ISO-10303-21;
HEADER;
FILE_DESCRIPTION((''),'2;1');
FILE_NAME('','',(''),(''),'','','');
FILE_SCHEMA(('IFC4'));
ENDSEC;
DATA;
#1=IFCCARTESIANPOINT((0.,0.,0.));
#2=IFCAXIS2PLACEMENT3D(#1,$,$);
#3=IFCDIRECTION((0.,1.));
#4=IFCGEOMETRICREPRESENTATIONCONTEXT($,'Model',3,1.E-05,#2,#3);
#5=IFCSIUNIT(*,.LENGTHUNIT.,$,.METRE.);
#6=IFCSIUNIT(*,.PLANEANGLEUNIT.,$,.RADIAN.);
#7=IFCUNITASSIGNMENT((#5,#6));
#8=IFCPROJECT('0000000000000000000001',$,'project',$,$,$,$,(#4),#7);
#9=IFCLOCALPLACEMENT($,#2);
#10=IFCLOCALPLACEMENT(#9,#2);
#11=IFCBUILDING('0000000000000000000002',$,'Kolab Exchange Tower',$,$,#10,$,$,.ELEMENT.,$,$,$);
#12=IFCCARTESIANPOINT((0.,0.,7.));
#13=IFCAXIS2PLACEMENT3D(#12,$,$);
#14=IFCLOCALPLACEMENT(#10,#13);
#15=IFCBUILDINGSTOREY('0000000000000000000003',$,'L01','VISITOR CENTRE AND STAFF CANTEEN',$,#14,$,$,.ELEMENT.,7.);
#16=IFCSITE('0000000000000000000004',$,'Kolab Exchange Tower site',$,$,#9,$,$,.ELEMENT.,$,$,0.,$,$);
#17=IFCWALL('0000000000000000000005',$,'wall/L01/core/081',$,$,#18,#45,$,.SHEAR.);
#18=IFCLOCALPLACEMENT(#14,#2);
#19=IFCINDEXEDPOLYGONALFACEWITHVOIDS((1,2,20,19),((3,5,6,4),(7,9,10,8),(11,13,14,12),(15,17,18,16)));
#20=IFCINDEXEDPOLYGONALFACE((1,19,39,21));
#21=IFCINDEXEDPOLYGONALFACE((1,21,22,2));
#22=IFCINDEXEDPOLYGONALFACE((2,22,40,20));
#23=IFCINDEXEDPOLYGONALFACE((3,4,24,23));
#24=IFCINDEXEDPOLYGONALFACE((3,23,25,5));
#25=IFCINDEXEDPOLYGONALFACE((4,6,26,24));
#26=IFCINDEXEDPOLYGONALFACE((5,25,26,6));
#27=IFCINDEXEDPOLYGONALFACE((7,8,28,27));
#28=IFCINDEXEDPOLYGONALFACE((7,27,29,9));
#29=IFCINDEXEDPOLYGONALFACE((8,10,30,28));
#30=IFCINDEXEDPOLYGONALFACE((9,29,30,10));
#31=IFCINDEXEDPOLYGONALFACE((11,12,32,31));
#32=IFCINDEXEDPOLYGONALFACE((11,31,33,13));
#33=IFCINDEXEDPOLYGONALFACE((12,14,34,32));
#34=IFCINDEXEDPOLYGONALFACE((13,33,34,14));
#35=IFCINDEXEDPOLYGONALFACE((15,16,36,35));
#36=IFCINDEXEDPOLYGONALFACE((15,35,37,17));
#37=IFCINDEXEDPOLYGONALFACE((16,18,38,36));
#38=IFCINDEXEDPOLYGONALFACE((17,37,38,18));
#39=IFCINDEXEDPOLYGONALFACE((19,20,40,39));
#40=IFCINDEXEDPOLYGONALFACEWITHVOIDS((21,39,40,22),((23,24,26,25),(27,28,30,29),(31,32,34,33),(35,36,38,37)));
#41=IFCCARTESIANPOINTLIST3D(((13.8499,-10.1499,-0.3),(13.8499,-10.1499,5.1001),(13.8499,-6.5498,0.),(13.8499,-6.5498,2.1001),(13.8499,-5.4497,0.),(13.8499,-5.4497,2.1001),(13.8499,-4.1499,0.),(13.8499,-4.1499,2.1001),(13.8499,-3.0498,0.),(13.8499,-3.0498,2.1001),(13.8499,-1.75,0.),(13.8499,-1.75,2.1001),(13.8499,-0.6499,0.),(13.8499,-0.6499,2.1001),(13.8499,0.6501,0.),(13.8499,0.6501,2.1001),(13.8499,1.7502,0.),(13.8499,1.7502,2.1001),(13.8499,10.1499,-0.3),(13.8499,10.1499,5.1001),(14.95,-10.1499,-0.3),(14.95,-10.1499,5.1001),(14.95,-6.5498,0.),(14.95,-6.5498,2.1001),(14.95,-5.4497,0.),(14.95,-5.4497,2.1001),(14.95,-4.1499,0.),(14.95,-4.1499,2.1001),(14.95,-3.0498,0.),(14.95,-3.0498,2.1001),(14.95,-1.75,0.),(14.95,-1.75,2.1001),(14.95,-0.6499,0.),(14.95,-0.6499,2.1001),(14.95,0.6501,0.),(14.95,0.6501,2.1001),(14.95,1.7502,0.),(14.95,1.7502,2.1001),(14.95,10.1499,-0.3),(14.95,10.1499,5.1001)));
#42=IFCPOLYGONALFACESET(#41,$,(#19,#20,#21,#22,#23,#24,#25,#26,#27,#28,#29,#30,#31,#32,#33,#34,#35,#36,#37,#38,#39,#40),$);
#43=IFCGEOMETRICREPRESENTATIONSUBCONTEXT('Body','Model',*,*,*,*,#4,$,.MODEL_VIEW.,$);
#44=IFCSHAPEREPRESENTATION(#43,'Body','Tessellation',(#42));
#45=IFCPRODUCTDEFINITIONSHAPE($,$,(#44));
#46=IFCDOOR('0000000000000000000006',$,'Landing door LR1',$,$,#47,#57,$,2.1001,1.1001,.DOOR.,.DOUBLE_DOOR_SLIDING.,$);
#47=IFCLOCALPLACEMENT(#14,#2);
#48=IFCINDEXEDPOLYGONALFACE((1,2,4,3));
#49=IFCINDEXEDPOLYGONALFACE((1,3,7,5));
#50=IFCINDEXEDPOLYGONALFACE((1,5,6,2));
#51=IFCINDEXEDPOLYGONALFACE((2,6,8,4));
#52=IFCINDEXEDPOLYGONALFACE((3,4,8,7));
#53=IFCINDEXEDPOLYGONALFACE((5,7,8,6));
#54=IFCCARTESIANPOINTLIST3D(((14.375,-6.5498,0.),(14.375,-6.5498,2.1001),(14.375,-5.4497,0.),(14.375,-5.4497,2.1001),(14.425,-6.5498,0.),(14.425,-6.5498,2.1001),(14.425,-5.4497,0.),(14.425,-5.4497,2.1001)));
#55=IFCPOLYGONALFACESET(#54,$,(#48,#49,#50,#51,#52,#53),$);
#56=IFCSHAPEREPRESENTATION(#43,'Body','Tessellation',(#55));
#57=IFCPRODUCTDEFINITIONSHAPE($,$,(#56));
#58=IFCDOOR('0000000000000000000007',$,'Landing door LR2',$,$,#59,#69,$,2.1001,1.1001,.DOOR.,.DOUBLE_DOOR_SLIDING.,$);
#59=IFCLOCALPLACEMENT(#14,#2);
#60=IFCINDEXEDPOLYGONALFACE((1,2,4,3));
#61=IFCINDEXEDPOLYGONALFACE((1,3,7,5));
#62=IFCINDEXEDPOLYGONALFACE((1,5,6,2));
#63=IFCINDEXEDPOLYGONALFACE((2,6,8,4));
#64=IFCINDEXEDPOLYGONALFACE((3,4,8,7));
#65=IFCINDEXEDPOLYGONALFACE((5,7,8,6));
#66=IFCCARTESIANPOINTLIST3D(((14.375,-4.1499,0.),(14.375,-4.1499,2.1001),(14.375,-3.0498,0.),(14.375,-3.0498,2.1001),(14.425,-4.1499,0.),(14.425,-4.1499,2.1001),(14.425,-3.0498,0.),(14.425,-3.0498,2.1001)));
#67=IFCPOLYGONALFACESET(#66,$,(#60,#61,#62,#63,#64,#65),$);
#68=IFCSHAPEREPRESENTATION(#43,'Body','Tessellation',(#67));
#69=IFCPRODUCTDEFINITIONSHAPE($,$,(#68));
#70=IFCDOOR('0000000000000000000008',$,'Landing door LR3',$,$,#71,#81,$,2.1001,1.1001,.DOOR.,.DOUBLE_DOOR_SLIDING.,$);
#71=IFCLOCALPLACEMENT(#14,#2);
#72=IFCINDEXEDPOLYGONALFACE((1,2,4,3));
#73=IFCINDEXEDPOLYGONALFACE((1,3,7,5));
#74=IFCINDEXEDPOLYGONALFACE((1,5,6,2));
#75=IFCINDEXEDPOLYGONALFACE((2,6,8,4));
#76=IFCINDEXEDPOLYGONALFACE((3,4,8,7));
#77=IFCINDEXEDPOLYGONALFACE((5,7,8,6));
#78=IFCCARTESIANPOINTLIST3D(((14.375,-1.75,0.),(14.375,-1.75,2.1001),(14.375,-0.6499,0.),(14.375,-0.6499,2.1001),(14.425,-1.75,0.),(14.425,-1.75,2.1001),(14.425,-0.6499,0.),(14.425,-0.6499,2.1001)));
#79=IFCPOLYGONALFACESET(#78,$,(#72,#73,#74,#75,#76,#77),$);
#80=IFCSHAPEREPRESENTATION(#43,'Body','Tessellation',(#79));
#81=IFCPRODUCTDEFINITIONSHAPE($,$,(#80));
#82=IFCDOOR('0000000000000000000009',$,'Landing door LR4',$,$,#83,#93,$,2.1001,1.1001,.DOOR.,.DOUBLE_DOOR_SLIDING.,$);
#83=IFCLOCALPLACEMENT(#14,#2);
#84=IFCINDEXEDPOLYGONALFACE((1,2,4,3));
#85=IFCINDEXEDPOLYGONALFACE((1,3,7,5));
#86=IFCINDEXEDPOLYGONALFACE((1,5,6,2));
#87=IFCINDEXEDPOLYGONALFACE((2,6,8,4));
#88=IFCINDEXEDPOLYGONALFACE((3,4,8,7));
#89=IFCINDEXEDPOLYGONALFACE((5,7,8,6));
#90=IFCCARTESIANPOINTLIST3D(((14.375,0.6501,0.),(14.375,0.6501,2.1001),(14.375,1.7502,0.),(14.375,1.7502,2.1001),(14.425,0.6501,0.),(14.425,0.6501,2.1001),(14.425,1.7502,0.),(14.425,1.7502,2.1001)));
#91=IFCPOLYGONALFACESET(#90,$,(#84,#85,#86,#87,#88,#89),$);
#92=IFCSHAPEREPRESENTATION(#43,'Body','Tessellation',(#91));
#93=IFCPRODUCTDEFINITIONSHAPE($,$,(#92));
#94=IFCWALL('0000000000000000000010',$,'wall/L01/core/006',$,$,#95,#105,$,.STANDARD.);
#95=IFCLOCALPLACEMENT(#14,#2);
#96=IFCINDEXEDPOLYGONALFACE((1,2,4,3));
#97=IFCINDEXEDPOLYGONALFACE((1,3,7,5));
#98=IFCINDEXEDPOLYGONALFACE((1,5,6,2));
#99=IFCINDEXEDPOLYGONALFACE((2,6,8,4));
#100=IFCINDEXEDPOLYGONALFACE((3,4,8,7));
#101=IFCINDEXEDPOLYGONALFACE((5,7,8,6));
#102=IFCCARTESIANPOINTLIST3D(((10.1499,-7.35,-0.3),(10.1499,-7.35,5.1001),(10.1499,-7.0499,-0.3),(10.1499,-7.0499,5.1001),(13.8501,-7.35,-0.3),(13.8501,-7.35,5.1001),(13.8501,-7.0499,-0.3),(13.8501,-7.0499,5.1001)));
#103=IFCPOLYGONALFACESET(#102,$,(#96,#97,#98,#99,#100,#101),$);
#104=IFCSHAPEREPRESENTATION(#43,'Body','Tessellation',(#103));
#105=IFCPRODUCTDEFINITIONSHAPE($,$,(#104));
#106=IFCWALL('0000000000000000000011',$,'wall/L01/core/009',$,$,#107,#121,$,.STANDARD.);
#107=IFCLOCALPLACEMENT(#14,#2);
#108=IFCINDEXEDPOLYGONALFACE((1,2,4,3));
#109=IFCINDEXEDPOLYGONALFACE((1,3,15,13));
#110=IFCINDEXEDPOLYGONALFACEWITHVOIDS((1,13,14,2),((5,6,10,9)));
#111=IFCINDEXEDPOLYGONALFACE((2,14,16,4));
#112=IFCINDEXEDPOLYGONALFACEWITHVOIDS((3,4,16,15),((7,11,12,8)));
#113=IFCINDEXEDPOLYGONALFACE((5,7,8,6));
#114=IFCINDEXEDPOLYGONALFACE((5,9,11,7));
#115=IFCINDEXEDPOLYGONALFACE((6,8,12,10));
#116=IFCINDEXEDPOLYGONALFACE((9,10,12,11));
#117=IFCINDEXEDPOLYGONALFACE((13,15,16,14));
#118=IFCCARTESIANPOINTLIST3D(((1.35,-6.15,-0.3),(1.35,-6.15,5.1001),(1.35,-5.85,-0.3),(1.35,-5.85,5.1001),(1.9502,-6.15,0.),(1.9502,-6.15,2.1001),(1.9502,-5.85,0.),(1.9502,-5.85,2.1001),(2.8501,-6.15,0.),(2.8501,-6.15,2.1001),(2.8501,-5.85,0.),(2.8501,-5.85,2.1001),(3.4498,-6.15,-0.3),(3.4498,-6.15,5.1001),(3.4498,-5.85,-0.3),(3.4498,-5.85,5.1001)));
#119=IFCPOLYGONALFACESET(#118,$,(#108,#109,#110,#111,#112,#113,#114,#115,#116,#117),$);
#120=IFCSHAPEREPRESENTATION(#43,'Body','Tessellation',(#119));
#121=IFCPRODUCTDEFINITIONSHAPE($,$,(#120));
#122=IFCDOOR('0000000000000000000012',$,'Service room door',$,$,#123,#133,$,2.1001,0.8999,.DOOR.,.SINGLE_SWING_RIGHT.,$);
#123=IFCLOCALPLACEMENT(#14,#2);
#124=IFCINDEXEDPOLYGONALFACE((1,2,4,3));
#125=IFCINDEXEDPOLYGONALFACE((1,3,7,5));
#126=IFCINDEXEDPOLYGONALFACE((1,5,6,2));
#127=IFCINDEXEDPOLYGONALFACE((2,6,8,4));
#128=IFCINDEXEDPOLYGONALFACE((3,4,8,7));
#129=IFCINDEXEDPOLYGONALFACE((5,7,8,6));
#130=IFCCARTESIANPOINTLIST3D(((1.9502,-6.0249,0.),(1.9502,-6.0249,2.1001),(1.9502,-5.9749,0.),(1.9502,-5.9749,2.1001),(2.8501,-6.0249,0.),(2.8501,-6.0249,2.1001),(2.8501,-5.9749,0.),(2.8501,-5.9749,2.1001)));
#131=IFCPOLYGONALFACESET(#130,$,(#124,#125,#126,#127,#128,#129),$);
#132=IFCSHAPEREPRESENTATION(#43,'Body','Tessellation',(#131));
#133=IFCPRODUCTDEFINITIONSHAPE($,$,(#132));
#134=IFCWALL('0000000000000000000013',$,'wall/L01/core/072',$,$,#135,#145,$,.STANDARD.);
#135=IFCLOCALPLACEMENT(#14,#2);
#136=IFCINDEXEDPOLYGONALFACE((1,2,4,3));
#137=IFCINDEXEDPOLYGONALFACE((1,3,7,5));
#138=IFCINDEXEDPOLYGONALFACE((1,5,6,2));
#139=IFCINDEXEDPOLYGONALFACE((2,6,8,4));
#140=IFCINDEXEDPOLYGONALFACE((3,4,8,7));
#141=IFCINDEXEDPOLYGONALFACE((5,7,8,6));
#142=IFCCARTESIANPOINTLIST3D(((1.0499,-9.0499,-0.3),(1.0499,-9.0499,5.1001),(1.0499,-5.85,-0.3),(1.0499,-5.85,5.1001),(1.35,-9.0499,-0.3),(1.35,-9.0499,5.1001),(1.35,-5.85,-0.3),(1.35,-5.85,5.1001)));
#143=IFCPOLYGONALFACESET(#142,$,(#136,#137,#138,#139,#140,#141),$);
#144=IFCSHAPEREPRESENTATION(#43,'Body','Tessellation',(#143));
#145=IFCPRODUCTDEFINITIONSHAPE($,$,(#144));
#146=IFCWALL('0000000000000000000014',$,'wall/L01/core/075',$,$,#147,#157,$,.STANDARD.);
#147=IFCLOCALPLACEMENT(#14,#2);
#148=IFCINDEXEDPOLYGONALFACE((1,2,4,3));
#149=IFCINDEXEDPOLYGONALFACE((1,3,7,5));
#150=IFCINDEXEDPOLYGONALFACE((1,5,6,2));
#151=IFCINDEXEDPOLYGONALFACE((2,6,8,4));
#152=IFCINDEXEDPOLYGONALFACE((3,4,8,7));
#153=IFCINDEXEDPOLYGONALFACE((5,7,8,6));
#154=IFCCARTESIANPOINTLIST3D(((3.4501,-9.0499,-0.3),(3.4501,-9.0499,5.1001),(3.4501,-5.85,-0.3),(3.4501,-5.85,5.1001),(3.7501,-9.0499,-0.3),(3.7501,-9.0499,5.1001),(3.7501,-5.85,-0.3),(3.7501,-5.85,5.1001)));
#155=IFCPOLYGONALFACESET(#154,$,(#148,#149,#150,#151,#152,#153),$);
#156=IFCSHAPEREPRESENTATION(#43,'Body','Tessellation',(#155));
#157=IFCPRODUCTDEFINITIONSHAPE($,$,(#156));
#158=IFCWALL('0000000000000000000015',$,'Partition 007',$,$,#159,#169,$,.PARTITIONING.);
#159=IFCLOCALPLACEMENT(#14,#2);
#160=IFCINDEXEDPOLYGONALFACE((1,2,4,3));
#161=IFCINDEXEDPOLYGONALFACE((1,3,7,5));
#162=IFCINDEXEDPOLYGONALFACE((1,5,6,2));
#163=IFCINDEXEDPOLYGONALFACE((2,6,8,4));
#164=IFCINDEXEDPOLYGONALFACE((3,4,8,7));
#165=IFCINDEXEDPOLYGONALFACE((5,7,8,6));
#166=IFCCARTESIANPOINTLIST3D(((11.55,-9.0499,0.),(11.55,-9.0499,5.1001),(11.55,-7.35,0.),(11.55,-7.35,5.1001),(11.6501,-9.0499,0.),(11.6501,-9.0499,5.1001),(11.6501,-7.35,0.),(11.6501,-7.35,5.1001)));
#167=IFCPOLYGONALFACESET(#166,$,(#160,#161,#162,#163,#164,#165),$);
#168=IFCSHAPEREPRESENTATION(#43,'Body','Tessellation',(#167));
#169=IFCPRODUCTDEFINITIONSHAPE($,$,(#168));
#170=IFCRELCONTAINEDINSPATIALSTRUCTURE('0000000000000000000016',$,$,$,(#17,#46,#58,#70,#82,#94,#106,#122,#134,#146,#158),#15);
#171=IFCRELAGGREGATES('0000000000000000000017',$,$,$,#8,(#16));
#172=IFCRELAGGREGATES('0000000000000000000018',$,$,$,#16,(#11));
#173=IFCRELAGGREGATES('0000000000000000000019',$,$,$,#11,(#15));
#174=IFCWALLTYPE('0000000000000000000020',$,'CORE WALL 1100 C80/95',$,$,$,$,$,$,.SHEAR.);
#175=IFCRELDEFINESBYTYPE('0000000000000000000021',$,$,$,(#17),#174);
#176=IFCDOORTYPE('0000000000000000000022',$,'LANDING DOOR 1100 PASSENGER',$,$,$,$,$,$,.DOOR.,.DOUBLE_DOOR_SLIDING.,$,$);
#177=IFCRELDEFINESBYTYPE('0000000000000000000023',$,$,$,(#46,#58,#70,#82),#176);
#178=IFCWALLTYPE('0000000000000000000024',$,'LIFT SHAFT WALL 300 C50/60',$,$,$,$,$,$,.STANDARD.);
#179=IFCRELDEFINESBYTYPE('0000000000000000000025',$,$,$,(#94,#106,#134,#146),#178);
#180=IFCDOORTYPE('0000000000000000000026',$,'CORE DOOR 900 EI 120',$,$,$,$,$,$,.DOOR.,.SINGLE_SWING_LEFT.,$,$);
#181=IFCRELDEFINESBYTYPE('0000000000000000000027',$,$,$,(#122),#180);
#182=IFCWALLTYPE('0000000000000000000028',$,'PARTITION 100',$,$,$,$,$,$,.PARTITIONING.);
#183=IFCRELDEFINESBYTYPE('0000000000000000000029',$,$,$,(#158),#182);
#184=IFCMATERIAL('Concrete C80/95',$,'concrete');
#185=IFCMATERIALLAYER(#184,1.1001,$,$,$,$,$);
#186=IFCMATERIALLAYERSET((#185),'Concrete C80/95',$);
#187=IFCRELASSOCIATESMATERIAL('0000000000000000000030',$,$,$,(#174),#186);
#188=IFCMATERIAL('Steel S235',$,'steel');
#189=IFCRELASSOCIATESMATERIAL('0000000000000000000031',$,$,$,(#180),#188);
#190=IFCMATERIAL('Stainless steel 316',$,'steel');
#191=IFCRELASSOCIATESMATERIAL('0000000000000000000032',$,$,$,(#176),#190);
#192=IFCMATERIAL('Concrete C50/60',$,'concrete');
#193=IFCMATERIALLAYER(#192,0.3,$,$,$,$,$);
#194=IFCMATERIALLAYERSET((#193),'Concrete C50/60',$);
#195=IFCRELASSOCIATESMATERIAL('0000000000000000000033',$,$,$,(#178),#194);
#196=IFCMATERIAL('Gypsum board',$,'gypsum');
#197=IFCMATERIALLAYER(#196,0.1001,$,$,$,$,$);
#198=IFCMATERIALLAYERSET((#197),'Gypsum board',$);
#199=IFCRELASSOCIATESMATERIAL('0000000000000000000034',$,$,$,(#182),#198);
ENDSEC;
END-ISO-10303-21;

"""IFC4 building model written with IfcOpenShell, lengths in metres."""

from ifc_helpers import new_model, si_unit, direction, frame, frame_2d, origin, place, context, subcontext, project, spatial, rectangle, extrude, material, layer, layer_set, type_object, element, fill, save


model = new_model("IFC4")

# Units and contexts
model_context = context("Model", 3, precision=1e-05, world=origin(), true_north=direction((0.0, 1.0)))
body_context = subcontext(model_context, "Body", "Model", "MODEL_VIEW")
ifc_project = project(units=[si_unit("LENGTHUNIT", "METRE"), si_unit("PLANEANGLEUNIT", "RADIAN")], contexts=[model_context])

# Site, building, storey
site_placement = place(None, origin())
site = spatial("IfcSite", under=ifc_project, at=site_placement, Name="Kolab Exchange Tower site", CompositionType="ELEMENT", RefElevation=0.0)
building_placement = place(site_placement, origin())
building = spatial("IfcBuilding", under=site, at=building_placement, Name="Kolab Exchange Tower", CompositionType="ELEMENT")
storey_placement = place(building_placement, frame((0.0, 0.0, 7.0)))
storey = spatial("IfcBuildingStorey", under=building, at=storey_placement, Name="L01", Description="VISITOR CENTRE AND STAFF CANTEEN", CompositionType="ELEMENT", Elevation=7.0)

# Shared definitions
ifc_material_1 = material(Name="Concrete C80/95", Category="concrete")
ifc_layer_1 = layer(ifc_material_1, 1.1001)
ifc_layer_set_1 = layer_set([ifc_layer_1], Name="Concrete C80/95")
wall_type_1 = type_object("IfcWallType", Name="CORE WALL 1100 C80/95", PredefinedType="SHEAR", material=ifc_layer_set_1)
ifc_material_2 = material(Name="Steel S235", Category="steel")
door_type_1 = type_object("IfcDoorType", Name="CORE DOOR 900 EI 120", OperationType="SINGLE_SWING_LEFT", PredefinedType="DOOR", material=ifc_material_2)

# Wall, openings, doors
wall_1_placement = place(storey_placement, frame((14.3999, -10.1499, -0.3), z_axis=(0.0, 0.0, 1.0), x_axis=(0.0, 1.0, 0.0)))
wall_1 = element("IfcWall", 1, at=wall_1_placement, inside=storey, type_object=wall_type_1, Name="wall/L01/core/081", PredefinedType="SHEAR", context=body_context, shape_type="SweptSolid", body=[
    extrude(rectangle(XDim=20.2998, YDim=1.1001, at=frame_2d((10.1499, 0.0))), origin(), (0.0, 0.0, 1.0), 5.4001),
])
opening_1_placement = place(wall_1_placement, frame((3.6001, 0.0, 0.3)))
opening_1 = element("IfcOpeningElement", 2, at=opening_1_placement, cuts=wall_1, PredefinedType="OPENING", context=body_context, shape_type="SweptSolid", body=[
    extrude(rectangle(XDim=1.1001, YDim=2.1001, at=frame_2d((0.55, 1.05))), frame((0.0, 0.5601, 0.0), z_axis=(0.0, -1.0, 0.0), x_axis=(1.0, 0.0, 0.0)), (0.0, 0.0, 1.0), 1.1201),
])
opening_2_placement = place(wall_1_placement, frame((6.0, 0.0, 0.3)))
opening_2 = element("IfcOpeningElement", 3, at=opening_2_placement, cuts=wall_1, PredefinedType="OPENING", context=body_context, shape_type="SweptSolid", body=[
    extrude(rectangle(XDim=1.1001, YDim=2.1001, at=frame_2d((0.55, 1.05))), frame((0.0, 0.5601, 0.0), z_axis=(0.0, -1.0, 0.0), x_axis=(1.0, 0.0, 0.0)), (0.0, 0.0, 1.0), 1.1201),
])
opening_3_placement = place(wall_1_placement, frame((8.3999, 0.0, 0.3)))
opening_3 = element("IfcOpeningElement", 4, at=opening_3_placement, cuts=wall_1, PredefinedType="OPENING", context=body_context, shape_type="SweptSolid", body=[
    extrude(rectangle(XDim=1.1001, YDim=2.1001, at=frame_2d((0.55, 1.05))), frame((0.0, 0.5601, 0.0), z_axis=(0.0, -1.0, 0.0), x_axis=(1.0, 0.0, 0.0)), (0.0, 0.0, 1.0), 1.1201),
])
opening_4_placement = place(wall_1_placement, frame((10.8, 0.0, 0.3)))
opening_4 = element("IfcOpeningElement", 5, at=opening_4_placement, cuts=wall_1, PredefinedType="OPENING", context=body_context, shape_type="SweptSolid", body=[
    extrude(rectangle(XDim=1.1001, YDim=2.1001, at=frame_2d((0.55, 1.05))), frame((0.0, 0.5601, 0.0), z_axis=(0.0, -1.0, 0.0), x_axis=(1.0, 0.0, 0.0)), (0.0, 0.0, 1.0), 1.1201),
])
ifc_material_3 = material(Name="Stainless steel 316", Category="steel")
door_type_2 = type_object("IfcDoorType", Name="LANDING DOOR 1100 PASSENGER", OperationType="DOUBLE_DOOR_SLIDING", PredefinedType="DOOR", material=ifc_material_3)
door_1_placement = place(opening_1_placement, origin())
door_1 = element("IfcDoor", 6, at=door_1_placement, inside=storey, type_object=door_type_2, Name="Landing door LR1", OperationType="DOUBLE_DOOR_SLIDING", OverallHeight=2.1001, OverallWidth=1.1001, PredefinedType="DOOR", context=body_context, shape_type="SweptSolid", body=[
    extrude(rectangle(XDim=1.1001, YDim=2.1001, at=frame_2d((0.55, 1.05))), frame((0.0, 0.0249, 0.0), z_axis=(0.0, -1.0, 0.0), x_axis=(1.0, 0.0, 0.0)), (0.0, 0.0, 1.0), 0.05),
])
fill(opening_1, door_1)
door_2_placement = place(opening_2_placement, origin())
door_2 = element("IfcDoor", 7, at=door_2_placement, inside=storey, type_object=door_type_2, Name="Landing door LR2", OperationType="DOUBLE_DOOR_SLIDING", OverallHeight=2.1001, OverallWidth=1.1001, PredefinedType="DOOR", context=body_context, shape_type="SweptSolid", body=[
    extrude(rectangle(XDim=1.1001, YDim=2.1001, at=frame_2d((0.55, 1.05))), frame((0.0, 0.0249, 0.0), z_axis=(0.0, -1.0, 0.0), x_axis=(1.0, 0.0, 0.0)), (0.0, 0.0, 1.0), 0.05),
])
fill(opening_2, door_2)
door_3_placement = place(opening_3_placement, origin())
door_3 = element("IfcDoor", 8, at=door_3_placement, inside=storey, type_object=door_type_2, Name="Landing door LR3", OperationType="DOUBLE_DOOR_SLIDING", OverallHeight=2.1001, OverallWidth=1.1001, PredefinedType="DOOR", context=body_context, shape_type="SweptSolid", body=[
    extrude(rectangle(XDim=1.1001, YDim=2.1001, at=frame_2d((0.55, 1.05))), frame((0.0, 0.0249, 0.0), z_axis=(0.0, -1.0, 0.0), x_axis=(1.0, 0.0, 0.0)), (0.0, 0.0, 1.0), 0.05),
])
fill(opening_3, door_3)
door_4_placement = place(opening_4_placement, origin())
door_4 = element("IfcDoor", 9, at=door_4_placement, inside=storey, type_object=door_type_2, Name="Landing door LR4", OperationType="DOUBLE_DOOR_SLIDING", OverallHeight=2.1001, OverallWidth=1.1001, PredefinedType="DOOR", context=body_context, shape_type="SweptSolid", body=[
    extrude(rectangle(XDim=1.1001, YDim=2.1001, at=frame_2d((0.55, 1.05))), frame((0.0, 0.0249, 0.0), z_axis=(0.0, -1.0, 0.0), x_axis=(1.0, 0.0, 0.0)), (0.0, 0.0, 1.0), 0.05),
])
fill(opening_4, door_4)

# Wall
ifc_material_4 = material(Name="Concrete C50/60", Category="concrete")
ifc_layer_2 = layer(ifc_material_4, 0.3)
ifc_layer_set_2 = layer_set([ifc_layer_2], Name="Concrete C50/60")
wall_type_2 = type_object("IfcWallType", Name="LIFT SHAFT WALL 300 C50/60", PredefinedType="STANDARD", material=ifc_layer_set_2)
wall_2_placement = place(storey_placement, frame((10.1499, -7.2, -0.3), z_axis=(0.0, 0.0, 1.0), x_axis=(1.0, 0.0, 0.0)))
element("IfcWall", 10, at=wall_2_placement, inside=storey, type_object=wall_type_2, Name="wall/L01/core/006", PredefinedType="STANDARD", context=body_context, shape_type="SweptSolid", body=[
    extrude(rectangle(XDim=3.7002, YDim=0.3, at=frame_2d((1.8501, 0.0))), origin(), (0.0, 0.0, 1.0), 5.4001),
])

# Wall, opening, door
wall_3_placement = place(storey_placement, frame((1.3501, -6.0, -0.3), z_axis=(0.0, 0.0, 1.0), x_axis=(1.0, 0.0, 0.0)))
wall_3 = element("IfcWall", 11, at=wall_3_placement, inside=storey, type_object=wall_type_2, Name="wall/L01/core/009", PredefinedType="STANDARD", context=body_context, shape_type="SweptSolid", body=[
    extrude(rectangle(XDim=2.0999, YDim=0.3, at=frame_2d((1.0498, 0.0))), origin(), (0.0, 0.0, 1.0), 5.4001),
])
opening_5_placement = place(wall_3_placement, frame((0.6001, 0.0, 0.3)))
opening_5 = element("IfcOpeningElement", 12, at=opening_5_placement, cuts=wall_3, PredefinedType="OPENING", context=body_context, shape_type="SweptSolid", body=[
    extrude(rectangle(XDim=0.8999, YDim=2.1001, at=frame_2d((0.45, 1.05))), frame((0.0, 0.1602, 0.0), z_axis=(0.0, -1.0, 0.0), x_axis=(1.0, 0.0, 0.0)), (0.0, 0.0, 1.0), 0.3201),
])
door_5_placement = place(opening_5_placement, frame((0.8999, 0.0, 0.0), z_axis=(0.0, 0.0, 1.0), x_axis=(-1.0, 0.0, 0.0)))
door_5 = element("IfcDoor", 13, at=door_5_placement, inside=storey, type_object=door_type_1, Name="Service room door", OperationType="SINGLE_SWING_RIGHT", OverallHeight=2.1001, OverallWidth=0.8999, PredefinedType="DOOR", context=body_context, shape_type="SweptSolid", body=[
    extrude(rectangle(XDim=0.8999, YDim=2.1001, at=frame_2d((0.45, 1.05))), frame((0.0, 0.0249, 0.0), z_axis=(0.0, -1.0, 0.0), x_axis=(1.0, 0.0, 0.0)), (0.0, 0.0, 1.0), 0.05),
])
fill(opening_5, door_5)

# Walls
for number, where, z_axis, x_axis, name in (
    (14, (1.2, -9.05, -0.3), (0.0, 0.0, 1.0), (0.0, 1.0, 0.0), "wall/L01/core/072"),
    (15, (3.6001, -9.05, -0.3), (0.0, 0.0, 1.0), (0.0, 1.0, 0.0), "wall/L01/core/075"),
):
    element("IfcWall", number, at=place(storey_placement, frame(where, z_axis=z_axis, x_axis=x_axis)), inside=storey, type_object=wall_type_2, Name=name, PredefinedType="STANDARD", context=body_context, shape_type="SweptSolid", body=[
        extrude(rectangle(XDim=3.2, YDim=0.3, at=frame_2d((1.6001, 0.0))), origin(), (0.0, 0.0, 1.0), 5.4001),
    ])
ifc_material_5 = material(Name="Gypsum board", Category="gypsum")
ifc_layer_3 = layer(ifc_material_5, 0.1001)
ifc_layer_set_3 = layer_set([ifc_layer_3], Name="Gypsum board")
wall_type_3 = type_object("IfcWallType", Name="PARTITION 100", PredefinedType="PARTITIONING", material=ifc_layer_set_3)
wall_4_placement = place(storey_placement, frame((11.6001, -9.05, 0.0), z_axis=(0.0, 0.0, 1.0), x_axis=(0.0, 1.0, 0.0)))
element("IfcWall", 16, at=wall_4_placement, inside=storey, type_object=wall_type_3, Name="Partition 007", PredefinedType="PARTITIONING", context=body_context, shape_type="SweptSolid", body=[
    extrude(rectangle(XDim=1.7, YDim=0.1001, at=frame_2d((0.8501, 0.0))), origin(), (0.0, 0.0, 1.0), 5.1001),
])

save(model, "model.ifc")
